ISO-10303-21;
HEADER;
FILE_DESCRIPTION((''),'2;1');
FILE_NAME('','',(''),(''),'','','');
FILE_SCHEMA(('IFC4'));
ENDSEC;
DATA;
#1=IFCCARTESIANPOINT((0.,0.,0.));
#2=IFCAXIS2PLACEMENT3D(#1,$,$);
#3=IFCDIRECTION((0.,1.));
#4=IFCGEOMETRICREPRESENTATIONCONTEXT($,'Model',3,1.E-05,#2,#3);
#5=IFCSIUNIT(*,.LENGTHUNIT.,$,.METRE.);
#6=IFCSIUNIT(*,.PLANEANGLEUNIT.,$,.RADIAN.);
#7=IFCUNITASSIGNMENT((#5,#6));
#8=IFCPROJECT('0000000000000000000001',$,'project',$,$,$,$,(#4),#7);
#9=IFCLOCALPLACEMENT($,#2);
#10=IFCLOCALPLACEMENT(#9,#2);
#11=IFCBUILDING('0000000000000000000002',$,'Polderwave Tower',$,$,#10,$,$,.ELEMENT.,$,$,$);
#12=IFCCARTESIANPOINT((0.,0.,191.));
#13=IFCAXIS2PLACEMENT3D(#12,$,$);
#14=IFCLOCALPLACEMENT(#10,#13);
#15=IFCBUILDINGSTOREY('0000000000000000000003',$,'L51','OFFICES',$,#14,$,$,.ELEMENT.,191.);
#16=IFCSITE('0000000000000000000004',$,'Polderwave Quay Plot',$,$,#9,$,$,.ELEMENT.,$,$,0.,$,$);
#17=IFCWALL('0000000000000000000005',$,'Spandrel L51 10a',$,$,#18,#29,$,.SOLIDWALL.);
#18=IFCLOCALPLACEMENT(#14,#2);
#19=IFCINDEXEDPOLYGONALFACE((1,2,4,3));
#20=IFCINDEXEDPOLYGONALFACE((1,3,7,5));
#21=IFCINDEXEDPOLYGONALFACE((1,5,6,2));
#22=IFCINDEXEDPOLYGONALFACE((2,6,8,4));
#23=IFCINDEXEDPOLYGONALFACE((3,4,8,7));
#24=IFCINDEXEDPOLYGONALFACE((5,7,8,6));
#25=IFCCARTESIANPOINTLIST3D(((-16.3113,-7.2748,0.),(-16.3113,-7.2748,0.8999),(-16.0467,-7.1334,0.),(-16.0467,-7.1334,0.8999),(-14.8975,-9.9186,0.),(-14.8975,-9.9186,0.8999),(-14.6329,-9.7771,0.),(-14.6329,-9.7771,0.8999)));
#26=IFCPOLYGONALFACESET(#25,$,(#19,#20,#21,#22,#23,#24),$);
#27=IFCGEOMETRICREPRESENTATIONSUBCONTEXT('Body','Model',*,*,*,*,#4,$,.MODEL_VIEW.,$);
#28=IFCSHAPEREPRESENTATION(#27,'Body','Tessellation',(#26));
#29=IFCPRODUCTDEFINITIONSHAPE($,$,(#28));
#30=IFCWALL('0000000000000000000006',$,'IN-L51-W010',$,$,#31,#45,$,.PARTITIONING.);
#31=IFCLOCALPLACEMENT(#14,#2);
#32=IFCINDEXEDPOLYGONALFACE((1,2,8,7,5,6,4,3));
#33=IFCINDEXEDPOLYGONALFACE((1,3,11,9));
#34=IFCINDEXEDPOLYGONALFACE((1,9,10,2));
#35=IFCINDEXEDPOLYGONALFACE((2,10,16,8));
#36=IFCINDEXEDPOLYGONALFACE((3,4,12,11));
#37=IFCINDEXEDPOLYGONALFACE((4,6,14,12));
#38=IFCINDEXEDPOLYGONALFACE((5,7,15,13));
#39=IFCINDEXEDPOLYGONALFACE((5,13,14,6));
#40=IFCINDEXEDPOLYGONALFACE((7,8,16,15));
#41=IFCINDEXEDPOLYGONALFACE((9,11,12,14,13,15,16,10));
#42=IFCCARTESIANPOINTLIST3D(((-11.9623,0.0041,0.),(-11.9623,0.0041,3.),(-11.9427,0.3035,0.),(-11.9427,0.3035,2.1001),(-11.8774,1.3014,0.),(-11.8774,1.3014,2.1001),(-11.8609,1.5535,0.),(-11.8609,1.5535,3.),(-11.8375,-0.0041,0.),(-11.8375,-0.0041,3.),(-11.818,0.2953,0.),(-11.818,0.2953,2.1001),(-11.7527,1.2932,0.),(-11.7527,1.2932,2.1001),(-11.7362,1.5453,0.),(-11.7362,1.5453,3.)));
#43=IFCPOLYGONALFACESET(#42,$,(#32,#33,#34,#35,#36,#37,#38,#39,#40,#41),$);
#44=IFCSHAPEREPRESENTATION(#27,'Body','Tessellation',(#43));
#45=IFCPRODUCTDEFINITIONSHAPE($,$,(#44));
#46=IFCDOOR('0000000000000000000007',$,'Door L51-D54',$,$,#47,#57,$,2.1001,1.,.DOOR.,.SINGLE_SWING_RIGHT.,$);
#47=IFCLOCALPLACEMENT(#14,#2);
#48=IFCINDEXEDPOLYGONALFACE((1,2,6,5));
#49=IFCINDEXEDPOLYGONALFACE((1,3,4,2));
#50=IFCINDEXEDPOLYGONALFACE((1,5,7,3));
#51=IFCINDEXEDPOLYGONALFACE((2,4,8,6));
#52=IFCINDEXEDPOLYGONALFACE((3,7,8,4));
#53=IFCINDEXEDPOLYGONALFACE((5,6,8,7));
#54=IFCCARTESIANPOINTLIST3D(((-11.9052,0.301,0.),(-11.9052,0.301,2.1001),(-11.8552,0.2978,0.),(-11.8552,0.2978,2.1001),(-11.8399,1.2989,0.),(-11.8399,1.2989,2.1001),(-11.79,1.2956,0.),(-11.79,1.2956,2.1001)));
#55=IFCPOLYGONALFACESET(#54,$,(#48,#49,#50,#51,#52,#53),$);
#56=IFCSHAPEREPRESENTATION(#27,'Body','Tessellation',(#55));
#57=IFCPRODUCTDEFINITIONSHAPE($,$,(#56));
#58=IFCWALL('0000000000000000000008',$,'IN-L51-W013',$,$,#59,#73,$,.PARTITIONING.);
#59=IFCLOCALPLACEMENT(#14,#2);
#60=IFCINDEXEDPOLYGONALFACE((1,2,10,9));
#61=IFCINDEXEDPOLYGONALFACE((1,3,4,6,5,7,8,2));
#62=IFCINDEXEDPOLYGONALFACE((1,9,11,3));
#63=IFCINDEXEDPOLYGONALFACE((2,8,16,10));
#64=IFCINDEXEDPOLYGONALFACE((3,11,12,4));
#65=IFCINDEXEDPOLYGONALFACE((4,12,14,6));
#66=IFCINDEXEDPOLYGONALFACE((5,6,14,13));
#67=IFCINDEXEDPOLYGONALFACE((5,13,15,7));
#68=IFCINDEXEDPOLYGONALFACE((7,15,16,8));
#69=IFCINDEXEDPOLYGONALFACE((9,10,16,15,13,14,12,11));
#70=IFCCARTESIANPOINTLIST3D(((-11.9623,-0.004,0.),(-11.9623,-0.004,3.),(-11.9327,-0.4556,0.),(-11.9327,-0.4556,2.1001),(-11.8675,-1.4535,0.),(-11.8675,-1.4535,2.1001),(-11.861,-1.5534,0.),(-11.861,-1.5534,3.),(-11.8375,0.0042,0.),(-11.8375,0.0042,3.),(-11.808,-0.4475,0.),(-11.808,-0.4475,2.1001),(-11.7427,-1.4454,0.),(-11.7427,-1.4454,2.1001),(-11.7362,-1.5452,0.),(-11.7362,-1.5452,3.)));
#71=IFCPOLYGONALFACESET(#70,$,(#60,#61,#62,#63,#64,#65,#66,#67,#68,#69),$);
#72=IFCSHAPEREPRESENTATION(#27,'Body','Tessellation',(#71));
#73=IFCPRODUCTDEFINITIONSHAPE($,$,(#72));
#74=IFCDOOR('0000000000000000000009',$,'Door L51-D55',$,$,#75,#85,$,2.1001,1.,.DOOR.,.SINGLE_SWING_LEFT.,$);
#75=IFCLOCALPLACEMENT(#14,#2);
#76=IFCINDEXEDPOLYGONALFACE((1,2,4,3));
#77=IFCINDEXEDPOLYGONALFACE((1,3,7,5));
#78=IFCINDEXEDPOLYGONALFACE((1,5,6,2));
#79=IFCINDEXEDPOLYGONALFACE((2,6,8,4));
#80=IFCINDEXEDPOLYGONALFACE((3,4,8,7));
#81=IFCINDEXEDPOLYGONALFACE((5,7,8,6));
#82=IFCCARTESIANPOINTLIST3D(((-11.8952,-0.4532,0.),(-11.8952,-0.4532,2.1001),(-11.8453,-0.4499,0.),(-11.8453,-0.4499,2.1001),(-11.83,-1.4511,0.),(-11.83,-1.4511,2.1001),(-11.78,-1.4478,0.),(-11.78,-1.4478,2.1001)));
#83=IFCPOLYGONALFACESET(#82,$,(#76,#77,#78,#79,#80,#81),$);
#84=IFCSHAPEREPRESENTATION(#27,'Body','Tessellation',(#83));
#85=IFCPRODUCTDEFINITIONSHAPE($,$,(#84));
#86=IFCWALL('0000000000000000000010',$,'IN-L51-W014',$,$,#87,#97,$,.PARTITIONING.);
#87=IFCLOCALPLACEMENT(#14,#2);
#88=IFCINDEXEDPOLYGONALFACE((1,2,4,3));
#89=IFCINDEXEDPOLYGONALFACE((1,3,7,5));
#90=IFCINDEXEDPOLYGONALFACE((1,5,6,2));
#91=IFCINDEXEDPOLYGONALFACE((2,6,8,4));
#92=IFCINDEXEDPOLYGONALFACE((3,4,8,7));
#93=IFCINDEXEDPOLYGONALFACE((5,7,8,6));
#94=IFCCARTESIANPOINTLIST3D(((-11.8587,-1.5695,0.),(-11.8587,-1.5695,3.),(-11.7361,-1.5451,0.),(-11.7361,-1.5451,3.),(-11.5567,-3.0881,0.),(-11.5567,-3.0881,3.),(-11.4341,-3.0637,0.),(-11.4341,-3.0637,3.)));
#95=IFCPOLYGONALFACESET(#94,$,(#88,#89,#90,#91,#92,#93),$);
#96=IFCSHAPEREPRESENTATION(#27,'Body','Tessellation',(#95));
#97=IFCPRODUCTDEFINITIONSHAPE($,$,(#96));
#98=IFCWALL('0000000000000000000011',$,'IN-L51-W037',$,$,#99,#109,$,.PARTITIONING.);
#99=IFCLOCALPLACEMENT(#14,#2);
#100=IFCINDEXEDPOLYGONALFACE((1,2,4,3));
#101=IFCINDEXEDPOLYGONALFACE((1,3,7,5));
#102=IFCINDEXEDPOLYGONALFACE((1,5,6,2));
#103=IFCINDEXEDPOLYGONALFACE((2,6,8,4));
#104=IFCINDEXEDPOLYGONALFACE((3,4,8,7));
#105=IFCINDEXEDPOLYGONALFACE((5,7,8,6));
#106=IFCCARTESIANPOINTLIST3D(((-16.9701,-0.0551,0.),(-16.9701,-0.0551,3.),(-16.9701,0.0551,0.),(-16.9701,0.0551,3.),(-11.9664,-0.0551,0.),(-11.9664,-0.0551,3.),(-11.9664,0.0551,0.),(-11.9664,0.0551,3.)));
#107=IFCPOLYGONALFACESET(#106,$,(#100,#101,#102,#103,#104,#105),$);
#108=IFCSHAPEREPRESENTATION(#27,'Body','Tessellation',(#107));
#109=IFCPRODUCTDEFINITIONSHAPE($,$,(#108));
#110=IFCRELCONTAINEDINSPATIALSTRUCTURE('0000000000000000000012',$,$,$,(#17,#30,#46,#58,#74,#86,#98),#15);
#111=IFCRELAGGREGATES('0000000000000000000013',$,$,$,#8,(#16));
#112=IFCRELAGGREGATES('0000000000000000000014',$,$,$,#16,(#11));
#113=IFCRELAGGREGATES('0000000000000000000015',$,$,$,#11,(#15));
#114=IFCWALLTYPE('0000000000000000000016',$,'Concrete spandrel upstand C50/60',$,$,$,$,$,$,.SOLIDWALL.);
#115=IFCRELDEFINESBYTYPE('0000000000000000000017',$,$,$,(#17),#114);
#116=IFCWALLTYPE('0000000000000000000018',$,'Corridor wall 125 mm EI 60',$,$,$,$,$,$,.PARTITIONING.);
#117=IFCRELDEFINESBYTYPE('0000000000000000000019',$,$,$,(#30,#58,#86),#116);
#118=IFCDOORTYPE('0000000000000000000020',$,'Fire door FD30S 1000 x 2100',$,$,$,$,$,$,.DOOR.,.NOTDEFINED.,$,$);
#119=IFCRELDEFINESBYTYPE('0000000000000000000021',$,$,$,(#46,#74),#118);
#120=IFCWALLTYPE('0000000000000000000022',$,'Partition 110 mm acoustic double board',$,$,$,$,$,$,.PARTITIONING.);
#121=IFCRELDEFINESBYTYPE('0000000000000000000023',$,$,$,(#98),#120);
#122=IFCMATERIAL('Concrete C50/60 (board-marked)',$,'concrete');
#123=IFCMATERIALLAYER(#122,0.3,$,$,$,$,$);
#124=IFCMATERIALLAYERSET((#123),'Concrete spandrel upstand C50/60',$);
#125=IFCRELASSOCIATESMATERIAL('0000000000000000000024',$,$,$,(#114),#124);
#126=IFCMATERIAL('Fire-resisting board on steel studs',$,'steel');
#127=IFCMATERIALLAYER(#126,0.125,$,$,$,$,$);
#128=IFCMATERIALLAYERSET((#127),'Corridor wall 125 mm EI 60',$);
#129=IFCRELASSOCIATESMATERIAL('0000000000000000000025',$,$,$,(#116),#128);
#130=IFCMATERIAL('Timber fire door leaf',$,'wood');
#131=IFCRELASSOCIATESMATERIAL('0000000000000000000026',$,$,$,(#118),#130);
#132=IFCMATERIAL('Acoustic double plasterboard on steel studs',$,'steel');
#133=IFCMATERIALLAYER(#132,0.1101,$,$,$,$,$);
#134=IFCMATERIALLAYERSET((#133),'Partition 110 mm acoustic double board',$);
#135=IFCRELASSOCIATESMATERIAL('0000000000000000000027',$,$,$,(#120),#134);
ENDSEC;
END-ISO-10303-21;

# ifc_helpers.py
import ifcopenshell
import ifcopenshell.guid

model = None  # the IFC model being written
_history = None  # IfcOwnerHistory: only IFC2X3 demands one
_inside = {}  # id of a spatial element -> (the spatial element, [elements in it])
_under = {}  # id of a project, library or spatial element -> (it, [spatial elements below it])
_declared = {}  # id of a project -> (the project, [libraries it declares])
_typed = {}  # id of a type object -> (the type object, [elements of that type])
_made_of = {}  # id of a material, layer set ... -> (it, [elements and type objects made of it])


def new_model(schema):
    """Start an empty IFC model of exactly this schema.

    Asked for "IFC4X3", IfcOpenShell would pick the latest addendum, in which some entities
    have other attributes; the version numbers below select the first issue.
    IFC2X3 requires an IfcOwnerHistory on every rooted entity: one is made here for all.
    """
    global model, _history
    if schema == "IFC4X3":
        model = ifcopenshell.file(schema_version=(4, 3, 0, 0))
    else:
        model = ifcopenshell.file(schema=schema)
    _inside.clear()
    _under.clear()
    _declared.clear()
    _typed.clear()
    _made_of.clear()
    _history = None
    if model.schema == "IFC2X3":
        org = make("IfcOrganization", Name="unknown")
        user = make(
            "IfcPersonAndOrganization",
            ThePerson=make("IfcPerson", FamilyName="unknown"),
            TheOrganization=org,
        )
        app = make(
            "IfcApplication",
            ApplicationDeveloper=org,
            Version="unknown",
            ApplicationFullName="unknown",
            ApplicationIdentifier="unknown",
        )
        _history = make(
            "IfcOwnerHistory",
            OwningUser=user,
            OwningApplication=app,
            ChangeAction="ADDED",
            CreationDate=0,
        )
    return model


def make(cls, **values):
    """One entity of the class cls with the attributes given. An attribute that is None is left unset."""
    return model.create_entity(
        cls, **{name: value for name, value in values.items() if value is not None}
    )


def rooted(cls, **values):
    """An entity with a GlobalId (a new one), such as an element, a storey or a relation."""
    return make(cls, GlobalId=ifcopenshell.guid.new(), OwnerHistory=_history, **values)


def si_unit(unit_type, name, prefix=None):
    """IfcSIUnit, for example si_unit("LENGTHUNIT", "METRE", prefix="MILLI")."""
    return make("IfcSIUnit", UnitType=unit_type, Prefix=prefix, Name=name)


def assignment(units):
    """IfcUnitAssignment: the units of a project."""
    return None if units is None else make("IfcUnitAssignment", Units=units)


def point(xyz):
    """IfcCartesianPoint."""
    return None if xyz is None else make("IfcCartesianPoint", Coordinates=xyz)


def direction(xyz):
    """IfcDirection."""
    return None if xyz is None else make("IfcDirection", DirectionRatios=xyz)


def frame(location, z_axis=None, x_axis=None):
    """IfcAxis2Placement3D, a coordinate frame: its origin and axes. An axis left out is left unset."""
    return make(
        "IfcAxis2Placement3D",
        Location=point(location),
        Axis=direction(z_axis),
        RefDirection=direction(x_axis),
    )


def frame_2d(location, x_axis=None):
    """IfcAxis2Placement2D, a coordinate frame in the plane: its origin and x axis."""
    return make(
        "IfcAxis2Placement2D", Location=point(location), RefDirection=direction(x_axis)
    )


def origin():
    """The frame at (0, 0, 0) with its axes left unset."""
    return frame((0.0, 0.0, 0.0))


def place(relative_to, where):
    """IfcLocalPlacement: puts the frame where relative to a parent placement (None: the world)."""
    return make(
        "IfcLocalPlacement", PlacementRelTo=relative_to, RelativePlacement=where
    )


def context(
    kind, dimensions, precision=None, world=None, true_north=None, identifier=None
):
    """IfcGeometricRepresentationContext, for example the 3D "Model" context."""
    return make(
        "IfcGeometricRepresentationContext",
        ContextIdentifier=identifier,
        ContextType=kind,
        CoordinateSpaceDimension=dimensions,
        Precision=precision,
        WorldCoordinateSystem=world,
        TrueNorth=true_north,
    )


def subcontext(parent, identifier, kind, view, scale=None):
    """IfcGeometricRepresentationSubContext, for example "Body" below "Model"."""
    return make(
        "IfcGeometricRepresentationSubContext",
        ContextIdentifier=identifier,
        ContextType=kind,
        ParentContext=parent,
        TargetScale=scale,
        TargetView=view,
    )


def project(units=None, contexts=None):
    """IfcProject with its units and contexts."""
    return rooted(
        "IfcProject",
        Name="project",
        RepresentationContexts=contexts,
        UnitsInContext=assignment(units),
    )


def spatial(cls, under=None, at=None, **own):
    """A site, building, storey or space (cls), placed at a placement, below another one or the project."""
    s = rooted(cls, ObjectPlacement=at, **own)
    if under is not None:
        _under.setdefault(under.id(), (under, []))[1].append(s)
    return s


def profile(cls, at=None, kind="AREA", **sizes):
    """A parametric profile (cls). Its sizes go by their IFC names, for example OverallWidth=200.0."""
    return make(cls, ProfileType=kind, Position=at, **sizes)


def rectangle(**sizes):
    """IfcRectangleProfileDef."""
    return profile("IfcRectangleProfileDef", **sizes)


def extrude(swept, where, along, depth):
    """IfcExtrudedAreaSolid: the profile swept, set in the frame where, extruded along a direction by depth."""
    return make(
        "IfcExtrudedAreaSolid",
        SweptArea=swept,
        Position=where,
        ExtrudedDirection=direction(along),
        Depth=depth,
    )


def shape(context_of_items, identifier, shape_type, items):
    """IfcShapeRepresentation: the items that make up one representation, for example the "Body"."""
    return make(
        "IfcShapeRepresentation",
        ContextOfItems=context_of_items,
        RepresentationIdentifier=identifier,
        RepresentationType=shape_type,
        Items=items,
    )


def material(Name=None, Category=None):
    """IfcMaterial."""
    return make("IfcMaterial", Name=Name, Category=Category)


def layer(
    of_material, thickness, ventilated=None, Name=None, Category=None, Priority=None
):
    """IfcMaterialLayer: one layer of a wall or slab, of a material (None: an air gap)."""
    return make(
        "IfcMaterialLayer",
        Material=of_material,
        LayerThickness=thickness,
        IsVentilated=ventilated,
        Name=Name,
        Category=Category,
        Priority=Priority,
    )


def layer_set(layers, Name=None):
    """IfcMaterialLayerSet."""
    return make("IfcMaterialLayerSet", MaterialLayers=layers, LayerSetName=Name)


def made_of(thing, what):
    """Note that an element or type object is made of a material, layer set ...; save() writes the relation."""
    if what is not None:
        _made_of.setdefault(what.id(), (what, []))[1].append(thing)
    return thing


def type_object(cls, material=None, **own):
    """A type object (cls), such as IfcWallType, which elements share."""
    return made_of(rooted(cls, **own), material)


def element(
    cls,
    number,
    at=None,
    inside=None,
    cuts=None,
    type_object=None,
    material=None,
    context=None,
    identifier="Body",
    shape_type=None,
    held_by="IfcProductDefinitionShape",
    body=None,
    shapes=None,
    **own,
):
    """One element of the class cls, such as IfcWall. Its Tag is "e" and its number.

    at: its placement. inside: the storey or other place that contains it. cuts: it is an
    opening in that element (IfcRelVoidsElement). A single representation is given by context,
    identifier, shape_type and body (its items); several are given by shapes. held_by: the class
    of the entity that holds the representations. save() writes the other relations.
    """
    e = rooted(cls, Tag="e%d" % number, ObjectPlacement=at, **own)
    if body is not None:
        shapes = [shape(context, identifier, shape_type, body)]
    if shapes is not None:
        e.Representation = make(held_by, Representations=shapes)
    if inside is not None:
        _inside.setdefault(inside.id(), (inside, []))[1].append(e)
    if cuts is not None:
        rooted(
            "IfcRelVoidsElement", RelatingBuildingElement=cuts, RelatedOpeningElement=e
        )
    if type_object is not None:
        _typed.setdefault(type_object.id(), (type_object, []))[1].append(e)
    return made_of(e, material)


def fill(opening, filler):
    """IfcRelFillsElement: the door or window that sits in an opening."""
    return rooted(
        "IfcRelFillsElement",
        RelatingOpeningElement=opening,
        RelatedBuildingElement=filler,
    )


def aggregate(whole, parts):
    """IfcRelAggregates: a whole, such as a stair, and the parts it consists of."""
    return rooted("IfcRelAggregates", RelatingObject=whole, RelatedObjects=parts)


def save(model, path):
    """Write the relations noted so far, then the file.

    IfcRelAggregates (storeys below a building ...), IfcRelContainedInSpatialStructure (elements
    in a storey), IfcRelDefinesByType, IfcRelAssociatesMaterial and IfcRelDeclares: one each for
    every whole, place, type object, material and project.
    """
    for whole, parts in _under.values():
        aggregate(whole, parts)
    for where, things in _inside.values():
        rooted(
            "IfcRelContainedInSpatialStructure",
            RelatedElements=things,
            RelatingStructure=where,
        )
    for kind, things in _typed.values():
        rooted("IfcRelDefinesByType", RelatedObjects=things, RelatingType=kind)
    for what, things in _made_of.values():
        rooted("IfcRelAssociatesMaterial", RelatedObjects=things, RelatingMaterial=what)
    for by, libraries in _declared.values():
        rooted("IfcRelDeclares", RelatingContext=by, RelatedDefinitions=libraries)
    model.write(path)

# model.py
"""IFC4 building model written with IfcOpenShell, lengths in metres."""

from ifc_helpers import new_model, si_unit, direction, frame, frame_2d, origin, place, context, subcontext, project, spatial, rectangle, extrude, material, layer, layer_set, type_object, element, fill, save


model = new_model("IFC4")

# Units and contexts
model_context = context("Model", 3, precision=1e-05, world=origin(), true_north=direction((0.0, 1.0)))
body_context = subcontext(model_context, "Body", "Model", "MODEL_VIEW")
ifc_project = project(units=[si_unit("LENGTHUNIT", "METRE"), si_unit("PLANEANGLEUNIT", "RADIAN")], contexts=[model_context])

# Site, building, storey
site_placement = place(None, origin())
site = spatial("IfcSite", under=ifc_project, at=site_placement, Name="Polderwave Quay Plot", CompositionType="ELEMENT", RefElevation=0.0)
building_placement = place(site_placement, origin())
building = spatial("IfcBuilding", under=site, at=building_placement, Name="Polderwave Tower", CompositionType="ELEMENT")
storey_placement = place(building_placement, frame((0.0, 0.0, 191.0)))
storey = spatial("IfcBuildingStorey", under=building, at=storey_placement, Name="L51", Description="OFFICES", CompositionType="ELEMENT", Elevation=191.0)

# Wall
ifc_material_1 = material(Name="Concrete C50/60 (board-marked)", Category="concrete")
ifc_layer_1 = layer(ifc_material_1, 0.3)
ifc_layer_set_1 = layer_set([ifc_layer_1], Name="Concrete spandrel upstand C50/60")
wall_type_1 = type_object("IfcWallType", Name="Concrete spandrel upstand C50/60", PredefinedType="SOLIDWALL", material=ifc_layer_set_1)
wall_1_placement = place(storey_placement, frame((-16.179, -7.2041, 0.0), z_axis=(0.0, 0.0, 1.0), x_axis=(0.471573, -0.881827, 0.0)))
element("IfcWall", 1, at=wall_1_placement, inside=storey, type_object=wall_type_1, Name="Spandrel L51 10a", PredefinedType="SOLIDWALL", context=body_context, shape_type="SweptSolid", body=[
    extrude(rectangle(XDim=2.998, YDim=0.3, at=frame_2d((1.499, 0.0))), origin(), (0.0, 0.0, 1.0), 0.8999),
])

# Walls, openings, doors
ifc_material_2 = material(Name="Fire-resisting board on steel studs", Category="steel")
ifc_layer_2 = layer(ifc_material_2, 0.125)
ifc_layer_set_2 = layer_set([ifc_layer_2], Name="Corridor wall 125 mm EI 60")
wall_type_2 = type_object("IfcWallType", Name="Corridor wall 125 mm EI 60", PredefinedType="PARTITIONING", material=ifc_layer_set_2)
wall_2_placement = place(storey_placement, frame((-11.8999, 0.0, 0.0), z_axis=(0.0, 0.0, 1.0), x_axis=(0.065256, 0.997869, 0.0)))
wall_2 = element("IfcWall", 2, at=wall_2_placement, inside=storey, type_object=wall_type_2, Name="IN-L51-W010", PredefinedType="PARTITIONING", context=body_context, shape_type="SweptSolid", body=[
    extrude(rectangle(XDim=1.5527, YDim=0.125, at=frame_2d((0.7764, 0.0))), origin(), (0.0, 0.0, 1.0), 3.0),
])
opening_1_placement = place(wall_2_placement, frame((0.3, 0.0, 0.0)))
opening_1 = element("IfcOpeningElement", 3, at=opening_1_placement, cuts=wall_2, PredefinedType="OPENING", context=body_context, shape_type="SweptSolid", body=[
    extrude(rectangle(XDim=1.0, YDim=2.1001, at=frame_2d((0.5, 1.05))), frame((0.0, 0.0725, 0.0), z_axis=(0.0, -1.0, 0.0), x_axis=(1.0, 0.0, 0.0)), (0.0, 0.0, 1.0), 0.145),
])
ifc_material_3 = material(Name="Timber fire door leaf", Category="wood")
door_type = type_object("IfcDoorType", Name="Fire door FD30S 1000 x 2100", OperationType="NOTDEFINED", PredefinedType="DOOR", material=ifc_material_3)
door_1_placement = place(opening_1_placement, origin())
door_1 = element("IfcDoor", 4, at=door_1_placement, inside=storey, type_object=door_type, Name="Door L51-D54", OperationType="SINGLE_SWING_RIGHT", OverallHeight=2.1001, OverallWidth=1.0, PredefinedType="DOOR", context=body_context, shape_type="SweptSolid", body=[
    extrude(rectangle(XDim=1.0, YDim=2.1001, at=frame_2d((0.5, 1.05))), frame((0.0, 0.0249, 0.0), z_axis=(0.0, -1.0, 0.0), x_axis=(1.0, 0.0, 0.0)), (0.0, 0.0, 1.0), 0.05),
])
fill(opening_1, door_1)
wall_3_placement = place(storey_placement, frame((-11.7986, -1.5493, 0.0), z_axis=(0.0, 0.0, 1.0), x_axis=(-0.065256, 0.997869, 0.0)))
wall_3 = element("IfcWall", 5, at=wall_3_placement, inside=storey, type_object=wall_type_2, Name="IN-L51-W013", PredefinedType="PARTITIONING", context=body_context, shape_type="SweptSolid", body=[
    extrude(rectangle(XDim=1.5527, YDim=0.125, at=frame_2d((0.7764, 0.0))), origin(), (0.0, 0.0, 1.0), 3.0),
])
opening_2_placement = place(wall_3_placement, frame((0.1001, 0.0, 0.0)))
opening_2 = element("IfcOpeningElement", 6, at=opening_2_placement, cuts=wall_3, PredefinedType="OPENING", context=body_context, shape_type="SweptSolid", body=[
    extrude(rectangle(XDim=1.0, YDim=2.1001, at=frame_2d((0.5, 1.05))), frame((0.0, 0.0725, 0.0), z_axis=(0.0, -1.0, 0.0), x_axis=(1.0, 0.0, 0.0)), (0.0, 0.0, 1.0), 0.145),
])
door_2_placement = place(opening_2_placement, origin())
door_2 = element("IfcDoor", 7, at=door_2_placement, inside=storey, type_object=door_type, Name="Door L51-D55", OperationType="SINGLE_SWING_LEFT", OverallHeight=2.1001, OverallWidth=1.0, PredefinedType="DOOR", context=body_context, shape_type="SweptSolid", body=[
    extrude(rectangle(XDim=1.0, YDim=2.1001, at=frame_2d((0.5, 1.05))), frame((0.0, 0.0249, 0.0), z_axis=(0.0, -1.0, 0.0), x_axis=(1.0, 0.0, 0.0)), (0.0, 0.0, 1.0), 0.05),
])
fill(opening_2, door_2)

# Walls
wall_4_placement = place(storey_placement, frame((-11.4954, -3.0759, 0.0), z_axis=(0.0, 0.0, 1.0), x_axis=(-0.195055, 0.980792, 0.0)))
element("IfcWall", 8, at=wall_4_placement, inside=storey, type_object=wall_type_2, Name="IN-L51-W014", PredefinedType="PARTITIONING", context=body_context, shape_type="SweptSolid", body=[
    extrude(rectangle(XDim=1.5483, YDim=0.125, at=frame_2d((0.7742, 0.0))), origin(), (0.0, 0.0, 1.0), 3.0),
])
ifc_material_4 = material(Name="Acoustic double plasterboard on steel studs", Category="steel")
ifc_layer_3 = layer(ifc_material_4, 0.1101)
ifc_layer_set_3 = layer_set([ifc_layer_3], Name="Partition 110 mm acoustic double board")
wall_type_3 = type_object("IfcWallType", Name="Partition 110 mm acoustic double board", PredefinedType="PARTITIONING", material=ifc_layer_set_3)
wall_5_placement = place(storey_placement, frame((-11.9663, 0.0, 0.0), z_axis=(0.0, 0.0, 1.0), x_axis=(-1.0, 0.0, 0.0)))
element("IfcWall", 9, at=wall_5_placement, inside=storey, type_object=wall_type_3, Name="IN-L51-W037", PredefinedType="PARTITIONING", context=body_context, shape_type="SweptSolid", body=[
    extrude(rectangle(XDim=5.0037, YDim=0.1101, at=frame_2d((2.502, 0.0))), origin(), (0.0, 0.0, 1.0), 3.0),
])

save(model, "model.ifc")
